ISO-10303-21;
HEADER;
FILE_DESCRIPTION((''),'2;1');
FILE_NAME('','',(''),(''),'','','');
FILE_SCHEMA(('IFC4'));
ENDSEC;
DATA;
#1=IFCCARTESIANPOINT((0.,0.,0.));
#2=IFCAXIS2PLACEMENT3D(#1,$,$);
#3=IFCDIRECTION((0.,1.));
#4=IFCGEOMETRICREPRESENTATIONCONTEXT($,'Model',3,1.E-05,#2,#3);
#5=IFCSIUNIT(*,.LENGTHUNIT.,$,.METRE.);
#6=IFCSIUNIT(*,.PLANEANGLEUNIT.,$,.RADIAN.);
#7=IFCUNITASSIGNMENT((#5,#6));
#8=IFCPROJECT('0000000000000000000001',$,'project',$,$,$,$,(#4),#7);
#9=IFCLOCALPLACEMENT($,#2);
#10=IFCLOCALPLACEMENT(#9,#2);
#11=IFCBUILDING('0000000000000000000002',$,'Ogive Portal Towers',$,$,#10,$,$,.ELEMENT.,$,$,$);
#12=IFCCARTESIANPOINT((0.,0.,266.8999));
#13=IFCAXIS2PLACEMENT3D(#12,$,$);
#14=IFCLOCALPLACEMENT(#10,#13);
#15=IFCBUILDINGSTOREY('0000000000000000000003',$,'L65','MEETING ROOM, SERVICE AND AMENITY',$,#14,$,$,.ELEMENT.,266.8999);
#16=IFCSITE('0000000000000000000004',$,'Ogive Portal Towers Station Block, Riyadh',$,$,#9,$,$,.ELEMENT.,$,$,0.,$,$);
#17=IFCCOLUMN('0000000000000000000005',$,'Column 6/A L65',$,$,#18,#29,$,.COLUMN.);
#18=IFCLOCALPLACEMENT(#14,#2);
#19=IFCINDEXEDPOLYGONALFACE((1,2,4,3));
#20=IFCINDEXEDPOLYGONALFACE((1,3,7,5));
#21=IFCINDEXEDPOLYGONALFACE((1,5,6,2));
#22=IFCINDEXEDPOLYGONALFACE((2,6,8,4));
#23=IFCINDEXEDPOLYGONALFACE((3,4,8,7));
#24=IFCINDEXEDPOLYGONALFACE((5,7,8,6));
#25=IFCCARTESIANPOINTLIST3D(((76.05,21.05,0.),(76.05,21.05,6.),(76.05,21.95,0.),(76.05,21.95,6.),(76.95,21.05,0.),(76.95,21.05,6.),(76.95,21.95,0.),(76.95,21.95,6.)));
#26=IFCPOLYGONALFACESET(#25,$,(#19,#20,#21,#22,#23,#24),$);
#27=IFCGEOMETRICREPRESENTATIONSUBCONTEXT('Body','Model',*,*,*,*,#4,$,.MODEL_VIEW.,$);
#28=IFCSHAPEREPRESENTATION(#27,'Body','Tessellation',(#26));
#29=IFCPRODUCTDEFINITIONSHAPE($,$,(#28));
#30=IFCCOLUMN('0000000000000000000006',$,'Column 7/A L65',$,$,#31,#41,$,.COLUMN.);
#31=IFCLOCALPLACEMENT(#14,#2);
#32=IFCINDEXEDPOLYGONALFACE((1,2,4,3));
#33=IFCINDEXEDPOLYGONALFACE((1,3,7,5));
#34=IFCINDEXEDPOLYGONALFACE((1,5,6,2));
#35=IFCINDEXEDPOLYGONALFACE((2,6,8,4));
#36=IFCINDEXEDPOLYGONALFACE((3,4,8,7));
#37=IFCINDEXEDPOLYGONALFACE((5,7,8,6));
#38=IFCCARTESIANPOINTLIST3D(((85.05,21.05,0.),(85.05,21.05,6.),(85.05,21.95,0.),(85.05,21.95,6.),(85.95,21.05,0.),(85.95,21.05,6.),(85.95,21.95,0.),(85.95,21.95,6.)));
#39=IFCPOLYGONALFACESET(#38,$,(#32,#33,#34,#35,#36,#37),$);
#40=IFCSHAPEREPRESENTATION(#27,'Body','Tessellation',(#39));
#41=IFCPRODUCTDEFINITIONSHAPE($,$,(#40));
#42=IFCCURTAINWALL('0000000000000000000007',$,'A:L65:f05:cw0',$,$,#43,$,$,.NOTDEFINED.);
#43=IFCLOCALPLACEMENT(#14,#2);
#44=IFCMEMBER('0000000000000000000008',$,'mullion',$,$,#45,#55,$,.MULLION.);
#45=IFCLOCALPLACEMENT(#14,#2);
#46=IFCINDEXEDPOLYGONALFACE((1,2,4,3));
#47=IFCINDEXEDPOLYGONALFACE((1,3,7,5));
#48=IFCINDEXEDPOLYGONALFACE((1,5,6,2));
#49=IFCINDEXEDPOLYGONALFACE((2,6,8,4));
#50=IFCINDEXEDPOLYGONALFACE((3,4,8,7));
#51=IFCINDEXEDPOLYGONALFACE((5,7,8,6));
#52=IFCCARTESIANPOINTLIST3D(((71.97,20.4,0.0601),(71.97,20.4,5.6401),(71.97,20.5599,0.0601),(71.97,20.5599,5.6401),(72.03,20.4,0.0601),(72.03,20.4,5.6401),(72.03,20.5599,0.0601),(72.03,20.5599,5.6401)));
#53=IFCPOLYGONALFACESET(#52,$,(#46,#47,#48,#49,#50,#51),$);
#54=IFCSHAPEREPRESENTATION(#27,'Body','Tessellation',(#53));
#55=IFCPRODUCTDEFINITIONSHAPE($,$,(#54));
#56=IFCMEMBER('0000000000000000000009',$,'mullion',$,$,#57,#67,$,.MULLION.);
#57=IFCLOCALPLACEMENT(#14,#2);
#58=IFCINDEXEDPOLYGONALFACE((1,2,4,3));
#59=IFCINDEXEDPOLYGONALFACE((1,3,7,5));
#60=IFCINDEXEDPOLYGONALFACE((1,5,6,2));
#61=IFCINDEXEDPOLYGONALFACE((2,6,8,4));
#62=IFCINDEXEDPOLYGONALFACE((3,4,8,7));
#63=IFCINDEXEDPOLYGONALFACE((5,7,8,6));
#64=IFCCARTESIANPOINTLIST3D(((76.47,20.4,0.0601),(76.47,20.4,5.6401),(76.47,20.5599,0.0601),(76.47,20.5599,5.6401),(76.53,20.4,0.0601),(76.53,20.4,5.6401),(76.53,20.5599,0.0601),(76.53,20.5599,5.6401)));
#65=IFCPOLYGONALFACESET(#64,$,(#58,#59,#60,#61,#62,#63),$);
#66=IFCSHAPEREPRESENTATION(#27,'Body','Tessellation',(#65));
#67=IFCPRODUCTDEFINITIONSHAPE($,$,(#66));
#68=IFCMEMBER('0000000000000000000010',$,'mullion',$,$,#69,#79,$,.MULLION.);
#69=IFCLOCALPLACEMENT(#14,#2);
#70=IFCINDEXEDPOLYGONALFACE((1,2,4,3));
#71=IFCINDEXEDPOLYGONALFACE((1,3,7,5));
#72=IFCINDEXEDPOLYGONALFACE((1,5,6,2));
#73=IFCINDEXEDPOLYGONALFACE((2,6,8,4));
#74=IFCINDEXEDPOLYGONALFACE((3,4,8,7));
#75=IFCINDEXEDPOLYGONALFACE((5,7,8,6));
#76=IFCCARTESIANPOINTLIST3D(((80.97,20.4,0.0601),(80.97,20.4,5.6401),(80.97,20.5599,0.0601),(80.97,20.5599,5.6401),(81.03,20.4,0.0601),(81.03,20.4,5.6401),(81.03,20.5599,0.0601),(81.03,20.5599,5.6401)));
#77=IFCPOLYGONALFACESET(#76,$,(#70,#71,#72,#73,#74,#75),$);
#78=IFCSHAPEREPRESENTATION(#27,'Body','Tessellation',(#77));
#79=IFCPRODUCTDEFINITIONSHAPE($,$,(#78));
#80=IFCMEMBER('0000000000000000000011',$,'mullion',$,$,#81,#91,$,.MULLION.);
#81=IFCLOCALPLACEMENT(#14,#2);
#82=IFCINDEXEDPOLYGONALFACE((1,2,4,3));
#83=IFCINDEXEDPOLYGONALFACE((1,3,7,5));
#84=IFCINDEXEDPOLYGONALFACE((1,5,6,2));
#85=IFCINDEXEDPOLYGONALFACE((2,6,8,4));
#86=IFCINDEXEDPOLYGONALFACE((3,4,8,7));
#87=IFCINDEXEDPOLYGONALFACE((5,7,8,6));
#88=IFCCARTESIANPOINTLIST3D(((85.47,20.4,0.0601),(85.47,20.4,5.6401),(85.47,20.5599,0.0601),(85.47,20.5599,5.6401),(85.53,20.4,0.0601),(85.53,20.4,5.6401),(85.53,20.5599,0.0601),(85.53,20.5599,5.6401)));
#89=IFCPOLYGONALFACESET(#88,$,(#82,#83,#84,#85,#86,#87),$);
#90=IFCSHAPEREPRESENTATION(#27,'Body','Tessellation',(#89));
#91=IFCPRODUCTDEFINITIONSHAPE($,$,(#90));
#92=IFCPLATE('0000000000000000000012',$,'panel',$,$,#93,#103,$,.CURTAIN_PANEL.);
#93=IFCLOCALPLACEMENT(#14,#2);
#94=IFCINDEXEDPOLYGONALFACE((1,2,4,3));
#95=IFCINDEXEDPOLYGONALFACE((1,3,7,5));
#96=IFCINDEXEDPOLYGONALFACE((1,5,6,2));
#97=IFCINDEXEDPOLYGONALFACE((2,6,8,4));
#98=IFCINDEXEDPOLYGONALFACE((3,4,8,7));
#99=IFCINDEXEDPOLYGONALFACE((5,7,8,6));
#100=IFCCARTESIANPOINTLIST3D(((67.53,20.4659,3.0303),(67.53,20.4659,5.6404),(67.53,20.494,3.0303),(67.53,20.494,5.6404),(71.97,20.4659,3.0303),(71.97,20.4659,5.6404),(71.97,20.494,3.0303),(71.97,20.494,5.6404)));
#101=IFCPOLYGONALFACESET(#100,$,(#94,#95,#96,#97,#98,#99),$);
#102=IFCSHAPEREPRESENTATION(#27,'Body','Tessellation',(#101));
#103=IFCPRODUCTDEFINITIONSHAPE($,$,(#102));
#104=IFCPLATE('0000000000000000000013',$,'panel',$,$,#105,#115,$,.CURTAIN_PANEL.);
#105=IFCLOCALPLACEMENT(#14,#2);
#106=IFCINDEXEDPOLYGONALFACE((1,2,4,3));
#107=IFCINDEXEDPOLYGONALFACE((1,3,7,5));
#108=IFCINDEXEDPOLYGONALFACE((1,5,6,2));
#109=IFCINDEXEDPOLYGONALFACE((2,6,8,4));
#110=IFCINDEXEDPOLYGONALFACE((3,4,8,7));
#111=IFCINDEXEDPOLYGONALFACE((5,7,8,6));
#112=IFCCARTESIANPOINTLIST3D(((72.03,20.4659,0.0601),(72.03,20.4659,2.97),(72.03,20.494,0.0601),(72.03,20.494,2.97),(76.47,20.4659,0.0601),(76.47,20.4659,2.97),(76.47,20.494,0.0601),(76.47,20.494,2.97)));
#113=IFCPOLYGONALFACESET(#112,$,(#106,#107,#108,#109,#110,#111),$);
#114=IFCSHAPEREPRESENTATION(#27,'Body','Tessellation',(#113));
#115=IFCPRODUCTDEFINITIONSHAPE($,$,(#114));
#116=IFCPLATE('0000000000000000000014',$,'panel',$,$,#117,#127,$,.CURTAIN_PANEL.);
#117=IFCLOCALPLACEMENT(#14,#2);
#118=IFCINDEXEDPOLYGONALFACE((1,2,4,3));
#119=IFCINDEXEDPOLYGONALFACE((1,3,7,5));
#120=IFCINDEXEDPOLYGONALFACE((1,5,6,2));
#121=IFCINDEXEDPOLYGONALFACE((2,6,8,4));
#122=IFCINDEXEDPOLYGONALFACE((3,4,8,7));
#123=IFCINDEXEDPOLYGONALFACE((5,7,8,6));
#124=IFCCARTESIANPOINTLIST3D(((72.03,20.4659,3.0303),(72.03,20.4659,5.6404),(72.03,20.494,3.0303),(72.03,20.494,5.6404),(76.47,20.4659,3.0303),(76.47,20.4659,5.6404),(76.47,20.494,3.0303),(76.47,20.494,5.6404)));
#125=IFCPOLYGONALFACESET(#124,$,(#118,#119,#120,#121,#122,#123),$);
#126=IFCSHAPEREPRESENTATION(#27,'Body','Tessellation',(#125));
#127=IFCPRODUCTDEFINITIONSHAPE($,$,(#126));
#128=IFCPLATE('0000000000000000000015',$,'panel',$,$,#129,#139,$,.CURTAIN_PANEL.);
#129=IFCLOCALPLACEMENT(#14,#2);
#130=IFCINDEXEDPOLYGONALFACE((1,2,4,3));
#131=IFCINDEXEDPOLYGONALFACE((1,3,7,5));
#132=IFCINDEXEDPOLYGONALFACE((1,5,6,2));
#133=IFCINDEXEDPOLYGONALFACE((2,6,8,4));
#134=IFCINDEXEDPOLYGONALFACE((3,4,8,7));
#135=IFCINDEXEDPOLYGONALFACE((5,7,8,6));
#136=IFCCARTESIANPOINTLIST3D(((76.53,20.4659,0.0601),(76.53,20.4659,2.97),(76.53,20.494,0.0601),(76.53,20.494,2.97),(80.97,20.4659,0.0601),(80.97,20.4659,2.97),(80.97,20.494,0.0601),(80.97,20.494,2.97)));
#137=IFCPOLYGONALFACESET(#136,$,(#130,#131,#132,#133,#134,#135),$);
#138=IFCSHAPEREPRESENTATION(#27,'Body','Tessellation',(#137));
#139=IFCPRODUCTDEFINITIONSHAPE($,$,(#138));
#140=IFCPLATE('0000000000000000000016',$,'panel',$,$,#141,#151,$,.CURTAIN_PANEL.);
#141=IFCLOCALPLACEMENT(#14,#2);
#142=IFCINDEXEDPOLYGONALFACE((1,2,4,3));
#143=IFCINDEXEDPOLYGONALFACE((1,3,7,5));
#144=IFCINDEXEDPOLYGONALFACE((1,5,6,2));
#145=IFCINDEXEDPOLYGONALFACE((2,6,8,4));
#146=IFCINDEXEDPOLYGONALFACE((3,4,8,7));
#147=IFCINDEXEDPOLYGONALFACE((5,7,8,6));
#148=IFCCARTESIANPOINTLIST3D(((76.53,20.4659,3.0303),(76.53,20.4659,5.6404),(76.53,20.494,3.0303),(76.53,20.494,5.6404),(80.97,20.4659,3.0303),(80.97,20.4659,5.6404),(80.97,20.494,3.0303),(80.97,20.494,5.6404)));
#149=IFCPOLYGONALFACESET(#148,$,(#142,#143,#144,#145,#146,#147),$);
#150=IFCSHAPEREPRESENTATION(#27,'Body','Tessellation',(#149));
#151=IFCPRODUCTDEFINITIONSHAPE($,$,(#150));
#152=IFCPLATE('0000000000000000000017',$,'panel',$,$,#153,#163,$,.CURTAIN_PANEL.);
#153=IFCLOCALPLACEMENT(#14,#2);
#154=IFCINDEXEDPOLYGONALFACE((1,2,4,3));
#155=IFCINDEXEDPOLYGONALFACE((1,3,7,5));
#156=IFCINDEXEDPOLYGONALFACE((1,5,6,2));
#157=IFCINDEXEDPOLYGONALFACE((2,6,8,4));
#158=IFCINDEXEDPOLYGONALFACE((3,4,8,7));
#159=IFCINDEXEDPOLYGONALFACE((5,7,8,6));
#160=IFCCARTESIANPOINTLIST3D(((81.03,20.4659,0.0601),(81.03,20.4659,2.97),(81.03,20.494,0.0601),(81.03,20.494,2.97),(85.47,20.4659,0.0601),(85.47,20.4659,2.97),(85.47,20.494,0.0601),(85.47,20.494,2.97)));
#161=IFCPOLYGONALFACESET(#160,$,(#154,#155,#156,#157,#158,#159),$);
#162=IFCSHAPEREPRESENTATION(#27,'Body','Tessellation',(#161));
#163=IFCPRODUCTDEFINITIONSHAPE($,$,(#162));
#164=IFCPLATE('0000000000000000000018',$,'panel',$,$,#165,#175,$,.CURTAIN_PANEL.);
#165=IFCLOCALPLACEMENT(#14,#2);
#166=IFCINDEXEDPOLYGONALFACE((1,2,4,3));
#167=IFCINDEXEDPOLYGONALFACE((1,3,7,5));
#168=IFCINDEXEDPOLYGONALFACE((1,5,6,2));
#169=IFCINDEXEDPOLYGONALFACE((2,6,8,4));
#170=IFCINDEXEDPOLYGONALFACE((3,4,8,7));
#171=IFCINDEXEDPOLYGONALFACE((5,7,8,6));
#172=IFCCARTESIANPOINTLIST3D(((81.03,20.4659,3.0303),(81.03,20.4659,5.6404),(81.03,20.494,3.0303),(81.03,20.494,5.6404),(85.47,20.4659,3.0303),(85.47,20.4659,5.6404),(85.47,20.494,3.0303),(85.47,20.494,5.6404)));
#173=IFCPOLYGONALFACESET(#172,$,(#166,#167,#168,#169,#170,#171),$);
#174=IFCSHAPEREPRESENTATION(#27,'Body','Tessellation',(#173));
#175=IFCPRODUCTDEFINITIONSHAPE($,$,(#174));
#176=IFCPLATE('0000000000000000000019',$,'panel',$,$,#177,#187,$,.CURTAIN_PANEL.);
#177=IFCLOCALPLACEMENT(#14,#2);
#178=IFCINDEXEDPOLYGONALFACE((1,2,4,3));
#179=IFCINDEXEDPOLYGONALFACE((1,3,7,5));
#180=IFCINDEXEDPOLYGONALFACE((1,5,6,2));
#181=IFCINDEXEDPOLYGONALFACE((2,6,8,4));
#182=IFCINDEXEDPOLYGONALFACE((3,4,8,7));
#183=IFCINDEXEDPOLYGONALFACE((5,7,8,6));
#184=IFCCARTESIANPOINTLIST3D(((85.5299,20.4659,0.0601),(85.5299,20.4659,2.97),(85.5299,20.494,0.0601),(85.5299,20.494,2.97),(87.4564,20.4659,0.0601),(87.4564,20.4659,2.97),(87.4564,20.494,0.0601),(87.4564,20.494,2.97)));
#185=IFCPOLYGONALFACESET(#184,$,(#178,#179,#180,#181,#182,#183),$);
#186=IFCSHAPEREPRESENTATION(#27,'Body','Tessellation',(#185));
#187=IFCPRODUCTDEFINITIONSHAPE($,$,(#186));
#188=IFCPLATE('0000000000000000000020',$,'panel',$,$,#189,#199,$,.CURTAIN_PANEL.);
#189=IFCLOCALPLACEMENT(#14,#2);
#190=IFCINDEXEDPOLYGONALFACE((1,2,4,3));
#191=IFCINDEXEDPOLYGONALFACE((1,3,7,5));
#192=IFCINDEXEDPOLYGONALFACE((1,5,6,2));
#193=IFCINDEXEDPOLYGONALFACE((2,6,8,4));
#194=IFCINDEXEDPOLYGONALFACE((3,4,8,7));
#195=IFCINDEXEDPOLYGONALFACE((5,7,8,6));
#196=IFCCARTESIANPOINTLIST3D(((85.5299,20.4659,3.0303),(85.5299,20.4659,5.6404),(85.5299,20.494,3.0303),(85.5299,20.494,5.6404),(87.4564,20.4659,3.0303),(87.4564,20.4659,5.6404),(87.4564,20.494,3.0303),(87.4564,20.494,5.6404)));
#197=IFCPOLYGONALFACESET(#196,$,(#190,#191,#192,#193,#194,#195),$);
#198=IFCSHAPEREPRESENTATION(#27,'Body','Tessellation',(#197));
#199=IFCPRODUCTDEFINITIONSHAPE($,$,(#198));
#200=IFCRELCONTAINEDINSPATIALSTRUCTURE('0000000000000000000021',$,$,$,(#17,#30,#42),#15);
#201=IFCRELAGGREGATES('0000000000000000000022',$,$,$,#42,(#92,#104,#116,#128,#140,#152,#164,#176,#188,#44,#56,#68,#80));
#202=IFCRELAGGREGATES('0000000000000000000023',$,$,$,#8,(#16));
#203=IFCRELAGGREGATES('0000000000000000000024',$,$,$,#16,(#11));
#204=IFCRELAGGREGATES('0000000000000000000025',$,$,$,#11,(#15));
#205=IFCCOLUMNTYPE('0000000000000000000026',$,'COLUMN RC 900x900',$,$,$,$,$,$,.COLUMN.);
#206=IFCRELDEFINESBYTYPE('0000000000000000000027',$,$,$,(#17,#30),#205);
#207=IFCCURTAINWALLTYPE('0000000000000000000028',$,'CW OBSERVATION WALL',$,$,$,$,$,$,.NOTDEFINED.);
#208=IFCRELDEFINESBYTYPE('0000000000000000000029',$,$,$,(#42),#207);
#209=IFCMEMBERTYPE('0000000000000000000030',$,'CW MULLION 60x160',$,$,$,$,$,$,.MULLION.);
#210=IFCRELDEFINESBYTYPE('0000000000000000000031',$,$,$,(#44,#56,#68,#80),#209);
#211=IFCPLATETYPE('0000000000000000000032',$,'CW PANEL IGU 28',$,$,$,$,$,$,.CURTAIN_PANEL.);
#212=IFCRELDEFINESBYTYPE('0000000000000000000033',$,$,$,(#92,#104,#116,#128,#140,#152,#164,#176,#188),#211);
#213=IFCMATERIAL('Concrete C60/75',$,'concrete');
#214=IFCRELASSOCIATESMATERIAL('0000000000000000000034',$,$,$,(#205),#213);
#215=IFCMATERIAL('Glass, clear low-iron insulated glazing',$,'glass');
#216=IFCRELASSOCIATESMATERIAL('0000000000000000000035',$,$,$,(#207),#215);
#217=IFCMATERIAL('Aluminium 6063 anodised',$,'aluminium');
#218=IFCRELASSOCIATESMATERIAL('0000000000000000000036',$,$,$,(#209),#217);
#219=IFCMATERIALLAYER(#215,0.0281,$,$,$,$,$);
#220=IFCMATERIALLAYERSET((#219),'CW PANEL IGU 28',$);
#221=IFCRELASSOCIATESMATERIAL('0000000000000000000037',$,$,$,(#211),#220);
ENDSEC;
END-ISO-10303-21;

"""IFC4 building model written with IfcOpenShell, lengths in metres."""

from ifc_helpers import new_model, si_unit, direction, frame, origin, origin_2d, place, context, subcontext, project, spatial, rectangle, extrude, material, layer, layer_set, material_profile, profile_set, type_object, element, aggregate, save


model = new_model("IFC4")

# Units and contexts
model_context = context("Model", 3, precision=1e-05, world=origin(), true_north=direction((0.0, 1.0)))
body_context = subcontext(model_context, "Body", "Model", "MODEL_VIEW")
ifc_project = project(units=[si_unit("LENGTHUNIT", "METRE"), si_unit("PLANEANGLEUNIT", "RADIAN")], contexts=[model_context])

# Site, building, storey
site_placement = place(None, origin())
site = spatial("IfcSite", under=ifc_project, at=site_placement, Name="Ogive Portal Towers Station Block, Riyadh", CompositionType="ELEMENT", RefElevation=0.0)
building_placement = place(site_placement, origin())
building = spatial("IfcBuilding", under=site, at=building_placement, Name="Ogive Portal Towers", CompositionType="ELEMENT")
storey_placement = place(building_placement, frame((0.0, 0.0, 266.8999)))
storey = spatial("IfcBuildingStorey", under=building, at=storey_placement, Name="L65", Description="MEETING ROOM, SERVICE AND AMENITY", CompositionType="ELEMENT", Elevation=266.8999)

# Columns
ifc_material_1 = material(Name="Concrete C60/75", Category="concrete")
ifc_material_profile_1 = material_profile(ifc_material_1, rectangle(XDim=0.8999, YDim=0.8999, at=origin_2d()), Name="RC 900x900")
ifc_profile_set_1 = profile_set([ifc_material_profile_1], Name="Concrete C60/75")
column_type = type_object("IfcColumnType", Name="COLUMN RC 900x900", PredefinedType="COLUMN", material=ifc_profile_set_1)
for number, where, z_axis, x_axis, name in (
    (1, (76.5, 21.5, 0.0), (0.0, 0.0, 1.0), (1.0, 0.0, 0.0), "Column 6/A L65"),
    (2, (85.5, 21.5, 0.0), (0.0, 0.0, 1.0), (1.0, 0.0, 0.0), "Column 7/A L65"),
):
    element("IfcColumn", number, at=place(storey_placement, frame(where, z_axis=z_axis, x_axis=x_axis)), inside=storey, type_object=column_type, Name=name, PredefinedType="COLUMN", context=body_context, shape_type="SweptSolid", body=[
        extrude(rectangle(XDim=0.8999, YDim=0.8999, at=origin_2d()), origin(), (0.0, 0.0, 1.0), 6.0),
    ])

# Curtain wall, members, plates
ifc_material_2 = material(Name="Glass, clear low-iron insulated glazing", Category="glass")
curtain_wall_type = type_object("IfcCurtainWallType", Name="CW OBSERVATION WALL", PredefinedType="NOTDEFINED", material=ifc_material_2)
curtain_wall_placement = place(storey_placement, origin())
curtain_wall = element("IfcCurtainWall", 3, at=curtain_wall_placement, inside=storey, type_object=curtain_wall_type, Name="A:L65:f05:cw0", PredefinedType="NOTDEFINED")
ifc_material_3 = material(Name="Aluminium 6063 anodised", Category="aluminium")
ifc_material_profile_2 = material_profile(ifc_material_3, rectangle(XDim=0.1599, YDim=0.0601, at=origin_2d()), Name="AL 60x160")
ifc_profile_set_2 = profile_set([ifc_material_profile_2], Name="Aluminium 6063 anodised")
member_type = type_object("IfcMemberType", Name="CW MULLION 60x160", PredefinedType="MULLION", material=ifc_profile_set_2)
member_1_placement = place(storey_placement, frame((72.0, 20.48, 0.0601), z_axis=(0.0, 0.0, 1.0), x_axis=(0.0, 1.0, 0.0)))
member_1 = element("IfcMember", 4, at=member_1_placement, type_object=member_type, Name="mullion", PredefinedType="MULLION", context=body_context, shape_type="SweptSolid", body=[
    extrude(rectangle(XDim=0.1599, YDim=0.0601, at=origin_2d()), origin(), (0.0, 0.0, 1.0), 5.5801),
])
member_2_placement = place(storey_placement, frame((76.5, 20.48, 0.0601), z_axis=(0.0, 0.0, 1.0), x_axis=(0.0, 1.0, 0.0)))
member_2 = element("IfcMember", 5, at=member_2_placement, type_object=member_type, Name="mullion", PredefinedType="MULLION", context=body_context, shape_type="SweptSolid", body=[
    extrude(rectangle(XDim=0.1599, YDim=0.0601, at=origin_2d()), origin(), (0.0, 0.0, 1.0), 5.5801),
])
member_3_placement = place(storey_placement, frame((81.0, 20.48, 0.0601), z_axis=(0.0, 0.0, 1.0), x_axis=(0.0, 1.0, 0.0)))
member_3 = element("IfcMember", 6, at=member_3_placement, type_object=member_type, Name="mullion", PredefinedType="MULLION", context=body_context, shape_type="SweptSolid", body=[
    extrude(rectangle(XDim=0.1599, YDim=0.0601, at=origin_2d()), origin(), (0.0, 0.0, 1.0), 5.5801),
])
member_4_placement = place(storey_placement, frame((85.5, 20.48, 0.0601), z_axis=(0.0, 0.0, 1.0), x_axis=(0.0, 1.0, 0.0)))
member_4 = element("IfcMember", 7, at=member_4_placement, type_object=member_type, Name="mullion", PredefinedType="MULLION", context=body_context, shape_type="SweptSolid", body=[
    extrude(rectangle(XDim=0.1599, YDim=0.0601, at=origin_2d()), origin(), (0.0, 0.0, 1.0), 5.5801),
])
ifc_layer_1 = layer(ifc_material_2, 0.0281)
ifc_layer_set_1 = layer_set([ifc_layer_1], Name="CW PANEL IGU 28")
plate_type = type_object("IfcPlateType", Name="CW PANEL IGU 28", PredefinedType="CURTAIN_PANEL", material=ifc_layer_set_1)
plate_1_placement = place(storey_placement, frame((69.75, 20.48, 3.0303), z_axis=(0.0, 0.0, 1.0), x_axis=(1.0, 0.0, 0.0)))
plate_1 = element("IfcPlate", 8, at=plate_1_placement, type_object=plate_type, Name="panel", PredefinedType="CURTAIN_PANEL", context=body_context, shape_type="SweptSolid", body=[
    extrude(rectangle(XDim=4.4399, YDim=0.0281, at=origin_2d()), origin(), (0.0, 0.0, 1.0), 2.6101),
])
plate_2_placement = place(storey_placement, frame((74.25, 20.48, 0.0601), z_axis=(0.0, 0.0, 1.0), x_axis=(1.0, 0.0, 0.0)))
plate_2 = element("IfcPlate", 9, at=plate_2_placement, type_object=plate_type, Name="panel", PredefinedType="CURTAIN_PANEL", context=body_context, shape_type="SweptSolid", body=[
    extrude(rectangle(XDim=4.4399, YDim=0.0281, at=origin_2d()), origin(), (0.0, 0.0, 1.0), 2.9099),
])
plate_3_placement = place(storey_placement, frame((74.25, 20.48, 3.0303), z_axis=(0.0, 0.0, 1.0), x_axis=(1.0, 0.0, 0.0)))
plate_3 = element("IfcPlate", 10, at=plate_3_placement, type_object=plate_type, Name="panel", PredefinedType="CURTAIN_PANEL", context=body_context, shape_type="SweptSolid", body=[
    extrude(rectangle(XDim=4.4399, YDim=0.0281, at=origin_2d()), origin(), (0.0, 0.0, 1.0), 2.6101),
])
plate_4_placement = place(storey_placement, frame((78.75, 20.48, 0.0601), z_axis=(0.0, 0.0, 1.0), x_axis=(1.0, 0.0, 0.0)))
plate_4 = element("IfcPlate", 11, at=plate_4_placement, type_object=plate_type, Name="panel", PredefinedType="CURTAIN_PANEL", context=body_context, shape_type="SweptSolid", body=[
    extrude(rectangle(XDim=4.4399, YDim=0.0281, at=origin_2d()), origin(), (0.0, 0.0, 1.0), 2.9099),
])
plate_5_placement = place(storey_placement, frame((78.75, 20.48, 3.0303), z_axis=(0.0, 0.0, 1.0), x_axis=(1.0, 0.0, 0.0)))
plate_5 = element("IfcPlate", 12, at=plate_5_placement, type_object=plate_type, Name="panel", PredefinedType="CURTAIN_PANEL", context=body_context, shape_type="SweptSolid", body=[
    extrude(rectangle(XDim=4.4399, YDim=0.0281, at=origin_2d()), origin(), (0.0, 0.0, 1.0), 2.6101),
])
plate_6_placement = place(storey_placement, frame((83.25, 20.48, 0.0601), z_axis=(0.0, 0.0, 1.0), x_axis=(1.0, 0.0, 0.0)))
plate_6 = element("IfcPlate", 13, at=plate_6_placement, type_object=plate_type, Name="panel", PredefinedType="CURTAIN_PANEL", context=body_context, shape_type="SweptSolid", body=[
    extrude(rectangle(XDim=4.4399, YDim=0.0281, at=origin_2d()), origin(), (0.0, 0.0, 1.0), 2.9099),
])
plate_7_placement = place(storey_placement, frame((83.25, 20.48, 3.0303), z_axis=(0.0, 0.0, 1.0), x_axis=(1.0, 0.0, 0.0)))
plate_7 = element("IfcPlate", 14, at=plate_7_placement, type_object=plate_type, Name="panel", PredefinedType="CURTAIN_PANEL", context=body_context, shape_type="SweptSolid", body=[
    extrude(rectangle(XDim=4.4399, YDim=0.0281, at=origin_2d()), origin(), (0.0, 0.0, 1.0), 2.6101),
])
plate_8_placement = place(storey_placement, frame((86.4932, 20.48, 0.0601), z_axis=(0.0, 0.0, 1.0), x_axis=(1.0, 0.0, 0.0)))
plate_8 = element("IfcPlate", 15, at=plate_8_placement, type_object=plate_type, Name="panel", PredefinedType="CURTAIN_PANEL", context=body_context, shape_type="SweptSolid", body=[
    extrude(rectangle(XDim=1.9265, YDim=0.0281, at=origin_2d()), origin(), (0.0, 0.0, 1.0), 2.9099),
])
plate_9_placement = place(storey_placement, frame((86.4932, 20.48, 3.0303), z_axis=(0.0, 0.0, 1.0), x_axis=(1.0, 0.0, 0.0)))
plate_9 = element("IfcPlate", 16, at=plate_9_placement, type_object=plate_type, Name="panel", PredefinedType="CURTAIN_PANEL", context=body_context, shape_type="SweptSolid", body=[
    extrude(rectangle(XDim=1.9265, YDim=0.0281, at=origin_2d()), origin(), (0.0, 0.0, 1.0), 2.6101),
])
aggregate(curtain_wall, [plate_1, plate_2, plate_3, plate_4, plate_5, plate_6, plate_7, plate_8, plate_9, member_1, member_2, member_3, member_4])

save(model, "model.ifc")
